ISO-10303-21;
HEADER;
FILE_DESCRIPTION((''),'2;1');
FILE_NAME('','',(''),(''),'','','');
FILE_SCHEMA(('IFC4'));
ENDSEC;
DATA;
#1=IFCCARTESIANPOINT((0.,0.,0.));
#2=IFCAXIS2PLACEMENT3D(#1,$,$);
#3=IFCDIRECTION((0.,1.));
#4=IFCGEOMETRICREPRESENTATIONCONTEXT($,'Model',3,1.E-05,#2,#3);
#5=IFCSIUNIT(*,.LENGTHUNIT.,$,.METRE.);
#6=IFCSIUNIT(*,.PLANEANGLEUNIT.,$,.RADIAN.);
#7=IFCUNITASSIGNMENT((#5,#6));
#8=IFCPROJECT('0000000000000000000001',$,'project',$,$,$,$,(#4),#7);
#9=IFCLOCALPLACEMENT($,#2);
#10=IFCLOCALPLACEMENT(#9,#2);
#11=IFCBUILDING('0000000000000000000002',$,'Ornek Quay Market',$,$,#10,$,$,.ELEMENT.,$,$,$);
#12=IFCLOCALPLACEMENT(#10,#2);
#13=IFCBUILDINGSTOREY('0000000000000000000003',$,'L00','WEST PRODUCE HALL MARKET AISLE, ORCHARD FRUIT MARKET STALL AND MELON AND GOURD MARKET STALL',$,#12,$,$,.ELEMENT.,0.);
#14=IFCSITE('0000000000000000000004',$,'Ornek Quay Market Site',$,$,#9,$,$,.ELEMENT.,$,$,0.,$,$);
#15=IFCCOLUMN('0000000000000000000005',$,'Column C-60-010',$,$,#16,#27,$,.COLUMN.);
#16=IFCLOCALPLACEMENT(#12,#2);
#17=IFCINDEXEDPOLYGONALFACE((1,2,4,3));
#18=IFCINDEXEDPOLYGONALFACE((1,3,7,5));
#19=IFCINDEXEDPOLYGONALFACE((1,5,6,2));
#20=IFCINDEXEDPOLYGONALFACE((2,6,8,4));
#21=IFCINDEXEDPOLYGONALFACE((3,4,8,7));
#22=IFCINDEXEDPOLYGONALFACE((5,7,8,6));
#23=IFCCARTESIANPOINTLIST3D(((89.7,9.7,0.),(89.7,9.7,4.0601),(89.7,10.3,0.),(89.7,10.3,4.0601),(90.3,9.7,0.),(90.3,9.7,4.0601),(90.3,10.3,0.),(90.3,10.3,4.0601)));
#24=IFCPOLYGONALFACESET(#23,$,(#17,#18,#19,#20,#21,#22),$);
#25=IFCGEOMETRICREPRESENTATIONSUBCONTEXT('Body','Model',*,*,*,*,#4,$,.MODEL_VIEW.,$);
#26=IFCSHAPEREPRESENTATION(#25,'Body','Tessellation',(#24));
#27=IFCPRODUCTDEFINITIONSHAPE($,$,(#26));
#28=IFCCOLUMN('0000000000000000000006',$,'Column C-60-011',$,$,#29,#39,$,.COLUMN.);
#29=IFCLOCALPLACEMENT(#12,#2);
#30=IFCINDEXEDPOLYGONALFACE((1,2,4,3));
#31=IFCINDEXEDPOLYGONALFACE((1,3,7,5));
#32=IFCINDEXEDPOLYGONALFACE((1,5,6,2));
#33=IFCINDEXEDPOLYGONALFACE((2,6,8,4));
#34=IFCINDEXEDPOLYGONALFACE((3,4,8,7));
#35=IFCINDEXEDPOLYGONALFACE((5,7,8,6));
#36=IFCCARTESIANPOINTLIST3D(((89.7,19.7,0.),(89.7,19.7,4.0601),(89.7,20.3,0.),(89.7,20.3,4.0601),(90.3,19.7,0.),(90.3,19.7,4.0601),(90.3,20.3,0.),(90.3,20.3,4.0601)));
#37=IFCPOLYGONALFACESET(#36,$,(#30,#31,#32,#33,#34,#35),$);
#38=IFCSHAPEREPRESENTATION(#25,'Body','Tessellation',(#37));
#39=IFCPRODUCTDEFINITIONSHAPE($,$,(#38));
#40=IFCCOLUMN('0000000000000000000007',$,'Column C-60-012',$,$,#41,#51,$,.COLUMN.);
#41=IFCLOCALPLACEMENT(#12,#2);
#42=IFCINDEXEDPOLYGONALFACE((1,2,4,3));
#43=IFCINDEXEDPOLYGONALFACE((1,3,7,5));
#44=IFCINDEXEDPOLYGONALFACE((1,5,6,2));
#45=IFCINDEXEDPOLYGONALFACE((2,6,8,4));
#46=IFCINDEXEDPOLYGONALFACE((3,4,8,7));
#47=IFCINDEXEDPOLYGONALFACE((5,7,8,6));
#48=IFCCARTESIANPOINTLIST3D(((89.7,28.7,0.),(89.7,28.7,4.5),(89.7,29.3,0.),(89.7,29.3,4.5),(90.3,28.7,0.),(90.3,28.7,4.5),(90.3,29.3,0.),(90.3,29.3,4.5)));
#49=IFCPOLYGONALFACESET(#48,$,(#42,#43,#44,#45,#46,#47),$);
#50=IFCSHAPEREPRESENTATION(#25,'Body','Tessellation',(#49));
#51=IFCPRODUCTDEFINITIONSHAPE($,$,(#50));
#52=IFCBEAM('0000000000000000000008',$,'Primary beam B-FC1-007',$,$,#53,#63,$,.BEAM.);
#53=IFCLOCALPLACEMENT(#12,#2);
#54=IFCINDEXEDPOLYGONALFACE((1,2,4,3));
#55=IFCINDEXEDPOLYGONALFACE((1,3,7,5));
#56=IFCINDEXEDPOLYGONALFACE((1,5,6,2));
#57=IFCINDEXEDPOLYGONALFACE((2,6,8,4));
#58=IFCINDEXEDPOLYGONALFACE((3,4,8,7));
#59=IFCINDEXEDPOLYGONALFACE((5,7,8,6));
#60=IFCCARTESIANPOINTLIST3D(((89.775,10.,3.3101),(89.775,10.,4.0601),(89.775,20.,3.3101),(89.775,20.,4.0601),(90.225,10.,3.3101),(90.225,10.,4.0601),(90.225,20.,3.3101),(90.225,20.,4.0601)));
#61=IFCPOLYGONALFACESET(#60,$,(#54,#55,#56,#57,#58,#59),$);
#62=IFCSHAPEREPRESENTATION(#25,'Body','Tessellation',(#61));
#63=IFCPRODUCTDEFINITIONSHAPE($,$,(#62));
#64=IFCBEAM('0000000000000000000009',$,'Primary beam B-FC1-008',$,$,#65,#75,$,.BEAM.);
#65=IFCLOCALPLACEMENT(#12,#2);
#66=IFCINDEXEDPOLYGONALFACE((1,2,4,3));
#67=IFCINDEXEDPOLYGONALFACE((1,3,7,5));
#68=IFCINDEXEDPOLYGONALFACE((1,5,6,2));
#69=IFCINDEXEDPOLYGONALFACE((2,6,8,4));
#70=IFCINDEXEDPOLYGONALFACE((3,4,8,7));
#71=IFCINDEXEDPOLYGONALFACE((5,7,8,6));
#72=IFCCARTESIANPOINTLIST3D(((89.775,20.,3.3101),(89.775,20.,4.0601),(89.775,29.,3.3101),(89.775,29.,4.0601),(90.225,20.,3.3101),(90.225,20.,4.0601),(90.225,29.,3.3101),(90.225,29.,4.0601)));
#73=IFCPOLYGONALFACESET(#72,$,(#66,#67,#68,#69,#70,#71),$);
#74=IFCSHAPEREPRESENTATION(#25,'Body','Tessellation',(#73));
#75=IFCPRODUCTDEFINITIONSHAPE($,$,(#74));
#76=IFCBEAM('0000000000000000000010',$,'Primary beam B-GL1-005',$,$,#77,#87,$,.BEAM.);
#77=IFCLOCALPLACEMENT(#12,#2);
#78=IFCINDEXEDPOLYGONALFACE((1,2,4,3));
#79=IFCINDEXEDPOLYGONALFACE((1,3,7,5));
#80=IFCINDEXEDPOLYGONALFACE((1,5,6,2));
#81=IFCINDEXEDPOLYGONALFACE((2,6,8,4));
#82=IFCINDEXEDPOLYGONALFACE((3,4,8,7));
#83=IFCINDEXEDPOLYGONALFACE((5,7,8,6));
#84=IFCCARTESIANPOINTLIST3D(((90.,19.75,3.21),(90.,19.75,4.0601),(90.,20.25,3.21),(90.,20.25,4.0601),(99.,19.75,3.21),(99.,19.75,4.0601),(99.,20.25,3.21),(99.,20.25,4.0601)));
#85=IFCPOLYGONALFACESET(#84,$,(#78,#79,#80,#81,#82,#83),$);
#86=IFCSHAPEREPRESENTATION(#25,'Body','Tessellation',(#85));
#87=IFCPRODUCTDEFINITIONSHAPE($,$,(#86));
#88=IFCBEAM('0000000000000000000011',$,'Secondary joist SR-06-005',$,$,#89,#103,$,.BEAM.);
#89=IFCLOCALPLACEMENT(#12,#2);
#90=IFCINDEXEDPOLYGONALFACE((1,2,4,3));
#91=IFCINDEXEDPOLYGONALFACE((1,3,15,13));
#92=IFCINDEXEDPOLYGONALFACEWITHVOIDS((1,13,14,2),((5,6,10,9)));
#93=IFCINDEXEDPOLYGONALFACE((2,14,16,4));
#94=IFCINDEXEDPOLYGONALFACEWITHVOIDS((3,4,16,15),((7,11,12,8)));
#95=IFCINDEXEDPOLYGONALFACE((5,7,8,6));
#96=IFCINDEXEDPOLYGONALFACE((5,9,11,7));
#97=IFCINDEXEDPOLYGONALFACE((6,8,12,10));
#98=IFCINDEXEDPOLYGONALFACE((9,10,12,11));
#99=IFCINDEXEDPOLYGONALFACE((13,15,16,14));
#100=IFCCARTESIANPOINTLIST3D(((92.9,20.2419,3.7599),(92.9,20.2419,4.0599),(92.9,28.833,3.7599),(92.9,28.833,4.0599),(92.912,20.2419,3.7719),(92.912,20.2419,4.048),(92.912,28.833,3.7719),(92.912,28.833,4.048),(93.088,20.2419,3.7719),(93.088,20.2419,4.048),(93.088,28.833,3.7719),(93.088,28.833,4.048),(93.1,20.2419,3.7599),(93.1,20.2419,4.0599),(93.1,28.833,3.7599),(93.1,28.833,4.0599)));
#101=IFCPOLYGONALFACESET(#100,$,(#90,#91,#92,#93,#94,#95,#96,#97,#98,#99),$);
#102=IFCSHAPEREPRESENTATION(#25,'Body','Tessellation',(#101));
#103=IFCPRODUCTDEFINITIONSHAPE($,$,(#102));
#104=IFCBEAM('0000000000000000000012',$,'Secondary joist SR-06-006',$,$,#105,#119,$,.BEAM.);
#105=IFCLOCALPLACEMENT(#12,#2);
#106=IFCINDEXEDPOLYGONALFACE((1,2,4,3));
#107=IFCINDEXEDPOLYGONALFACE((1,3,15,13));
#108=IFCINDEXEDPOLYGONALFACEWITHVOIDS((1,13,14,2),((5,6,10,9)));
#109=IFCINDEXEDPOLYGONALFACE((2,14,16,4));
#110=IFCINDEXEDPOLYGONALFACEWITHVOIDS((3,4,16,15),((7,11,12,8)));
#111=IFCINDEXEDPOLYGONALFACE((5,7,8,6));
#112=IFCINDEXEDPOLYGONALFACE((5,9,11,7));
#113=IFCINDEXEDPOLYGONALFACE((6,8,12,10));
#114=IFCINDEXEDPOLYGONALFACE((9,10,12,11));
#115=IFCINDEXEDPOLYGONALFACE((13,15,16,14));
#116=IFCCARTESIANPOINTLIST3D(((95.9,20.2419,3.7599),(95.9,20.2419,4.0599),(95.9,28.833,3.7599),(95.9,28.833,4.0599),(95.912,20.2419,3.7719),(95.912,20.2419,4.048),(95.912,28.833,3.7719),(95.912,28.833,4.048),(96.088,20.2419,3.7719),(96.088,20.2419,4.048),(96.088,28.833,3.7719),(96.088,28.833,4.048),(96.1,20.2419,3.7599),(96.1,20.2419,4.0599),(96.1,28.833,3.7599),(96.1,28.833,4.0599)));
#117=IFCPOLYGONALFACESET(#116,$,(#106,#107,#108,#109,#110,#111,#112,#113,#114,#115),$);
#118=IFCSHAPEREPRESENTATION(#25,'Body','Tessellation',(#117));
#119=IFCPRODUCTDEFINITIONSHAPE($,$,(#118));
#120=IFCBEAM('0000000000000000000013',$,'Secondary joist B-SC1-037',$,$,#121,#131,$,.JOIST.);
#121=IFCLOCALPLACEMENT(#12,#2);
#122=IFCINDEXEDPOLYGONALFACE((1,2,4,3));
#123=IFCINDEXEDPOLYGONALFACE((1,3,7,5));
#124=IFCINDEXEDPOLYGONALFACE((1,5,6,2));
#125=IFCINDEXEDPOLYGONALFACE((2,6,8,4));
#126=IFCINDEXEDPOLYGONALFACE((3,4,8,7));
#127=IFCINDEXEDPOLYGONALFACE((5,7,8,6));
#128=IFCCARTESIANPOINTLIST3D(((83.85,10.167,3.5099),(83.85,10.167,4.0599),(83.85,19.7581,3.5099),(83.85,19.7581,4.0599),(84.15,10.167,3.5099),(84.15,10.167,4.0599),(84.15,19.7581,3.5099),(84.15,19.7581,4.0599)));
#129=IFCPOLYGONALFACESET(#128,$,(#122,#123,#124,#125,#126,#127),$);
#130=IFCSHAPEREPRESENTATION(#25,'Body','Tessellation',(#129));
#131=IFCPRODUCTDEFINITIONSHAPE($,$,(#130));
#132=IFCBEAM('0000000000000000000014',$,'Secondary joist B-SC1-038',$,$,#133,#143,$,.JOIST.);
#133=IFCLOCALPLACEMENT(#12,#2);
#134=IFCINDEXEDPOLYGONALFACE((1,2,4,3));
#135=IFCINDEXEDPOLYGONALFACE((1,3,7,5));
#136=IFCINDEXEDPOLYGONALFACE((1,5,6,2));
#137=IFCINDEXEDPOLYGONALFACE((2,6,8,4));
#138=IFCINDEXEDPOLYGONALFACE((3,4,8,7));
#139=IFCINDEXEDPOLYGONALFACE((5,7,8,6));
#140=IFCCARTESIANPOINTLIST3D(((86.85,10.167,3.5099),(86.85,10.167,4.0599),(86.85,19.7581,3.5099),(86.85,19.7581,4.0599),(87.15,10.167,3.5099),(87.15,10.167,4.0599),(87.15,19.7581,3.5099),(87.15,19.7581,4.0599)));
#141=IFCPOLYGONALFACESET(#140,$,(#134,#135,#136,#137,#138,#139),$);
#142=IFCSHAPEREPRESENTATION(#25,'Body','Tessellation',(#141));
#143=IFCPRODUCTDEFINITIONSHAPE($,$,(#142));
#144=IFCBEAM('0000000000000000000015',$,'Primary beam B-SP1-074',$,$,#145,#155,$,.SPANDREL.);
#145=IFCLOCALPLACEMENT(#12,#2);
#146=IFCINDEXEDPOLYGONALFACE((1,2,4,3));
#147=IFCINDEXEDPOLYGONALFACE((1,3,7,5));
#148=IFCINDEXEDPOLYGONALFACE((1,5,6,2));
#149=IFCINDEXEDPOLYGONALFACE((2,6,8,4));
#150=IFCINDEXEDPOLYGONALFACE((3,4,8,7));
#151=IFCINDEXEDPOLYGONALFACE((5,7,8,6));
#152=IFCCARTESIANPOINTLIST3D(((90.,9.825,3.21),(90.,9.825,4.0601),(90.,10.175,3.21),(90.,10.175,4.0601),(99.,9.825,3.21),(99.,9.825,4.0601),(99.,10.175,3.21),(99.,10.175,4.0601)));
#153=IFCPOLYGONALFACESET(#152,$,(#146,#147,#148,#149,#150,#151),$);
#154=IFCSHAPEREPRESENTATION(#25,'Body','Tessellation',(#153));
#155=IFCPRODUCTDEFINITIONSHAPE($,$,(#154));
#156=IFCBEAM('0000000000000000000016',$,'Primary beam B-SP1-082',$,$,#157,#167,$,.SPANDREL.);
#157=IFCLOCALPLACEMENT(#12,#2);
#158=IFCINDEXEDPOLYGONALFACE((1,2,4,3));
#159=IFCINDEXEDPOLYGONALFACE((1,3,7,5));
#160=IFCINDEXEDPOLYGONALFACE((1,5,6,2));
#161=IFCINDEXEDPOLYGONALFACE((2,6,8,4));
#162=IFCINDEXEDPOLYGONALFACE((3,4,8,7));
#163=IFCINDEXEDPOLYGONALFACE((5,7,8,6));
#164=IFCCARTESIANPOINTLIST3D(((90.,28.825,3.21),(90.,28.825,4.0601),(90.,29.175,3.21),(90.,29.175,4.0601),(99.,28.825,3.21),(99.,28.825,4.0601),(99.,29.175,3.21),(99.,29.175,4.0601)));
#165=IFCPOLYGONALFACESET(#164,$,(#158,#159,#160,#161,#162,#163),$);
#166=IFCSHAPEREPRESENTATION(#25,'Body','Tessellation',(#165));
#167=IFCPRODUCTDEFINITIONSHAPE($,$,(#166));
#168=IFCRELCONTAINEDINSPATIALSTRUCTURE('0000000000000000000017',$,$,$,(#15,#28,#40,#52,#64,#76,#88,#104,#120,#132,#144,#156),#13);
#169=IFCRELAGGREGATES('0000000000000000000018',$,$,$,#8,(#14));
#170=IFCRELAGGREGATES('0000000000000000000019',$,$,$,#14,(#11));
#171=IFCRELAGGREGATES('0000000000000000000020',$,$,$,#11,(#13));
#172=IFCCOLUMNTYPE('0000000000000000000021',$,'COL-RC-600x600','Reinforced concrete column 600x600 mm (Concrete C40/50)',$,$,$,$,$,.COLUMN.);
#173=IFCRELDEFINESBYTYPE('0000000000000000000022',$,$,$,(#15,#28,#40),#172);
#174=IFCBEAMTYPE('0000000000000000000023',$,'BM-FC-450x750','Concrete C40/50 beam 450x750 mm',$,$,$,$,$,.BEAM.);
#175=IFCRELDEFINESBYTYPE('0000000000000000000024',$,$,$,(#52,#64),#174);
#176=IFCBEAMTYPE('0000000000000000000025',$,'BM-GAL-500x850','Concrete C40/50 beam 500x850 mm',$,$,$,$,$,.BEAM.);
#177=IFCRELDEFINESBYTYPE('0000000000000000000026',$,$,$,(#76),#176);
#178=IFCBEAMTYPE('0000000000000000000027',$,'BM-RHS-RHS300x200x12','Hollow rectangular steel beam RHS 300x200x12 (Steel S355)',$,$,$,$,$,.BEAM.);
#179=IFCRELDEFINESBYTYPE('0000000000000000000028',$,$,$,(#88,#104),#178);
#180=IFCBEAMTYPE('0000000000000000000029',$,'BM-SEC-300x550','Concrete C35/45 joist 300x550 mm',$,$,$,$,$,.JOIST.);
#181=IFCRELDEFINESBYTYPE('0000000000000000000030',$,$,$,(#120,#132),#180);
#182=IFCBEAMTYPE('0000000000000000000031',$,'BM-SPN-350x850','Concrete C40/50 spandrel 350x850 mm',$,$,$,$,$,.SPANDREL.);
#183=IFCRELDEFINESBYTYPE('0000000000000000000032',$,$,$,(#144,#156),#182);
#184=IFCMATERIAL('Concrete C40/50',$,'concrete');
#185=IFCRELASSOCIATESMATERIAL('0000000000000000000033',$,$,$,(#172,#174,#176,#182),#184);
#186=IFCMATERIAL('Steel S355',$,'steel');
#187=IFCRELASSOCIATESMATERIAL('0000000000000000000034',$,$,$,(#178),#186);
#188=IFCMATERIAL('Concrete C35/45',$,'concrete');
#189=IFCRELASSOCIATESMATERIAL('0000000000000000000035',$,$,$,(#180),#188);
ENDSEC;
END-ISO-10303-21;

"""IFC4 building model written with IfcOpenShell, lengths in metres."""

from ifc_helpers import new_model, si_unit, direction, frame, origin, origin_2d, place, context, subcontext, project, spatial, rectangle, hollow_rectangle, extrude, material, material_profile, profile_set, type_object, element, save


model = new_model("IFC4")

# Units and contexts
model_context = context("Model", 3, precision=1e-05, world=origin(), true_north=direction((0.0, 1.0)))
body_context = subcontext(model_context, "Body", "Model", "MODEL_VIEW")
ifc_project = project(units=[si_unit("LENGTHUNIT", "METRE"), si_unit("PLANEANGLEUNIT", "RADIAN")], contexts=[model_context])

# Site, building, storey
site_placement = place(None, origin())
site = spatial("IfcSite", under=ifc_project, at=site_placement, Name="Ornek Quay Market Site", CompositionType="ELEMENT", RefElevation=0.0)
building_placement = place(site_placement, origin())
building = spatial("IfcBuilding", under=site, at=building_placement, Name="Ornek Quay Market", CompositionType="ELEMENT")
storey_placement = place(building_placement, origin())
storey = spatial("IfcBuildingStorey", under=building, at=storey_placement, Name="L00", Description="WEST PRODUCE HALL MARKET AISLE, ORCHARD FRUIT MARKET STALL AND MELON AND GOURD MARKET STALL", CompositionType="ELEMENT", Elevation=0.0)

# Columns
ifc_material_1 = material(Name="Concrete C40/50", Category="concrete")
ifc_material_profile_1 = material_profile(ifc_material_1, rectangle(XDim=0.6001, YDim=0.6001, at=origin_2d()), Name="RC 600x600", Category="concrete")
ifc_profile_set_1 = profile_set([ifc_material_profile_1], Name="Concrete C40/50")
column_type = type_object("IfcColumnType", Name="COL-RC-600x600", Description="Reinforced concrete column 600x600 mm (Concrete C40/50)", PredefinedType="COLUMN", material=ifc_profile_set_1)
for number, where, z_axis, x_axis, name in (
    (1, (90.0, 10.0, 0.0), (0.0, 0.0, 1.0), (1.0, 0.0, 0.0), "Column C-60-010"),
    (2, (90.0, 20.0, 0.0), (0.0, 0.0, 1.0), (1.0, 0.0, 0.0), "Column C-60-011"),
):
    element("IfcColumn", number, at=place(storey_placement, frame(where, z_axis=z_axis, x_axis=x_axis)), inside=storey, type_object=column_type, Name=name, PredefinedType="COLUMN", context=body_context, shape_type="SweptSolid", body=[
        extrude(rectangle(XDim=0.6001, YDim=0.6001, at=origin_2d()), origin(), (0.0, 0.0, 1.0), 4.0601),
    ])
column_placement = place(storey_placement, frame((90.0, 29.0, 0.0), z_axis=(0.0, 0.0, 1.0), x_axis=(1.0, 0.0, 0.0)))
element("IfcColumn", 3, at=column_placement, inside=storey, type_object=column_type, Name="Column C-60-012", PredefinedType="COLUMN", context=body_context, shape_type="SweptSolid", body=[
    extrude(rectangle(XDim=0.6001, YDim=0.6001, at=origin_2d()), origin(), (0.0, 0.0, 1.0), 4.5),
])

# Beams
ifc_material_profile_2 = material_profile(ifc_material_1, rectangle(XDim=0.45, YDim=0.75, at=origin_2d()), Name="RC 450x750", Category="concrete")
ifc_profile_set_2 = profile_set([ifc_material_profile_2], Name="Concrete C40/50")
beam_type_1 = type_object("IfcBeamType", Name="BM-FC-450x750", Description="Concrete C40/50 beam 450x750 mm", PredefinedType="BEAM", material=ifc_profile_set_2)
beam_1_placement = place(storey_placement, frame((90.0, 10.0, 3.6851), z_axis=(0.0, 1.0, 0.0), x_axis=(-1.0, 0.0, 0.0)))
element("IfcBeam", 4, at=beam_1_placement, inside=storey, type_object=beam_type_1, Name="Primary beam B-FC1-007", PredefinedType="BEAM", context=body_context, shape_type="SweptSolid", body=[
    extrude(rectangle(XDim=0.45, YDim=0.75, at=origin_2d()), origin(), (0.0, 0.0, 1.0), 10.0),
])
beam_2_placement = place(storey_placement, frame((90.0, 20.0, 3.6851), z_axis=(0.0, 1.0, 0.0), x_axis=(-1.0, 0.0, 0.0)))
element("IfcBeam", 5, at=beam_2_placement, inside=storey, type_object=beam_type_1, Name="Primary beam B-FC1-008", PredefinedType="BEAM", context=body_context, shape_type="SweptSolid", body=[
    extrude(rectangle(XDim=0.45, YDim=0.75, at=origin_2d()), origin(), (0.0, 0.0, 1.0), 9.0),
])
ifc_material_profile_3 = material_profile(ifc_material_1, rectangle(XDim=0.5, YDim=0.8501, at=origin_2d()), Name="RC 500x850", Category="concrete")
ifc_profile_set_3 = profile_set([ifc_material_profile_3], Name="Concrete C40/50")
beam_type_2 = type_object("IfcBeamType", Name="BM-GAL-500x850", Description="Concrete C40/50 beam 500x850 mm", PredefinedType="BEAM", material=ifc_profile_set_3)
beam_3_placement = place(storey_placement, frame((90.0, 20.0, 3.635), z_axis=(1.0, 0.0, 0.0), x_axis=(0.0, 1.0, 0.0)))
element("IfcBeam", 6, at=beam_3_placement, inside=storey, type_object=beam_type_2, Name="Primary beam B-GL1-005", PredefinedType="BEAM", context=body_context, shape_type="SweptSolid", body=[
    extrude(rectangle(XDim=0.5, YDim=0.8501, at=origin_2d()), origin(), (0.0, 0.0, 1.0), 9.0),
])
ifc_material_2 = material(Name="Steel S355", Category="steel")
ifc_material_profile_4 = material_profile(ifc_material_2, hollow_rectangle(XDim=0.2, YDim=0.3, WallThickness=0.012, at=origin_2d()), Name="RHS 300x200x12", Category="steel")
ifc_profile_set_4 = profile_set([ifc_material_profile_4], Name="Steel S355")
beam_type_3 = type_object("IfcBeamType", Name="BM-RHS-RHS300x200x12", Description="Hollow rectangular steel beam RHS 300x200x12 (Steel S355)", PredefinedType="BEAM", material=ifc_profile_set_4)
for number, where, z_axis, x_axis, name in (
    (7, (93.0, 20.2419, 3.9099), (0.0, 1.0, 0.0), (-1.0, 0.0, 0.0), "Secondary joist SR-06-005"),
    (8, (96.0, 20.2419, 3.9099), (0.0, 1.0, 0.0), (-1.0, 0.0, 0.0), "Secondary joist SR-06-006"),
):
    element("IfcBeam", number, at=place(storey_placement, frame(where, z_axis=z_axis, x_axis=x_axis)), inside=storey, type_object=beam_type_3, Name=name, PredefinedType="BEAM", context=body_context, shape_type="SweptSolid", body=[
        extrude(hollow_rectangle(XDim=0.2, YDim=0.3, WallThickness=0.012, at=origin_2d()), origin(), (0.0, 0.0, 1.0), 8.5911),
    ])
ifc_material_3 = material(Name="Concrete C35/45", Category="concrete")
ifc_material_profile_5 = material_profile(ifc_material_3, rectangle(XDim=0.3, YDim=0.55, at=origin_2d()), Name="RC 300x550", Category="concrete")
ifc_profile_set_5 = profile_set([ifc_material_profile_5], Name="Concrete C35/45")
beam_type_4 = type_object("IfcBeamType", Name="BM-SEC-300x550", Description="Concrete C35/45 joist 300x550 mm", PredefinedType="JOIST", material=ifc_profile_set_5)
for number, where, z_axis, x_axis, name in (
    (9, (84.0, 10.167, 3.7849), (0.0, 1.0, 0.0), (-1.0, 0.0, 0.0), "Secondary joist B-SC1-037"),
    (10, (87.0, 10.167, 3.7849), (0.0, 1.0, 0.0), (-1.0, 0.0, 0.0), "Secondary joist B-SC1-038"),
):
    element("IfcBeam", number, at=place(storey_placement, frame(where, z_axis=z_axis, x_axis=x_axis)), inside=storey, type_object=beam_type_4, Name=name, PredefinedType="JOIST", context=body_context, shape_type="SweptSolid", body=[
        extrude(rectangle(XDim=0.3, YDim=0.55, at=origin_2d()), origin(), (0.0, 0.0, 1.0), 9.5911),
    ])
ifc_material_profile_6 = material_profile(ifc_material_1, rectangle(XDim=0.3501, YDim=0.8501, at=origin_2d()), Name="RC 350x850", Category="concrete")
ifc_profile_set_6 = profile_set([ifc_material_profile_6], Name="Concrete C40/50")
beam_type_5 = type_object("IfcBeamType", Name="BM-SPN-350x850", Description="Concrete C40/50 spandrel 350x850 mm", PredefinedType="SPANDREL", material=ifc_profile_set_6)
for number, where, z_axis, x_axis, name in (
    (11, (90.0, 10.0, 3.635), (1.0, 0.0, 0.0), (0.0, 1.0, 0.0), "Primary beam B-SP1-074"),
    (12, (90.0, 29.0, 3.635), (1.0, 0.0, 0.0), (0.0, 1.0, 0.0), "Primary beam B-SP1-082"),
):
    element("IfcBeam", number, at=place(storey_placement, frame(where, z_axis=z_axis, x_axis=x_axis)), inside=storey, type_object=beam_type_5, Name=name, PredefinedType="SPANDREL", context=body_context, shape_type="SweptSolid", body=[
        extrude(rectangle(XDim=0.3501, YDim=0.8501, at=origin_2d()), origin(), (0.0, 0.0, 1.0), 9.0),
    ])

save(model, "model.ifc")
